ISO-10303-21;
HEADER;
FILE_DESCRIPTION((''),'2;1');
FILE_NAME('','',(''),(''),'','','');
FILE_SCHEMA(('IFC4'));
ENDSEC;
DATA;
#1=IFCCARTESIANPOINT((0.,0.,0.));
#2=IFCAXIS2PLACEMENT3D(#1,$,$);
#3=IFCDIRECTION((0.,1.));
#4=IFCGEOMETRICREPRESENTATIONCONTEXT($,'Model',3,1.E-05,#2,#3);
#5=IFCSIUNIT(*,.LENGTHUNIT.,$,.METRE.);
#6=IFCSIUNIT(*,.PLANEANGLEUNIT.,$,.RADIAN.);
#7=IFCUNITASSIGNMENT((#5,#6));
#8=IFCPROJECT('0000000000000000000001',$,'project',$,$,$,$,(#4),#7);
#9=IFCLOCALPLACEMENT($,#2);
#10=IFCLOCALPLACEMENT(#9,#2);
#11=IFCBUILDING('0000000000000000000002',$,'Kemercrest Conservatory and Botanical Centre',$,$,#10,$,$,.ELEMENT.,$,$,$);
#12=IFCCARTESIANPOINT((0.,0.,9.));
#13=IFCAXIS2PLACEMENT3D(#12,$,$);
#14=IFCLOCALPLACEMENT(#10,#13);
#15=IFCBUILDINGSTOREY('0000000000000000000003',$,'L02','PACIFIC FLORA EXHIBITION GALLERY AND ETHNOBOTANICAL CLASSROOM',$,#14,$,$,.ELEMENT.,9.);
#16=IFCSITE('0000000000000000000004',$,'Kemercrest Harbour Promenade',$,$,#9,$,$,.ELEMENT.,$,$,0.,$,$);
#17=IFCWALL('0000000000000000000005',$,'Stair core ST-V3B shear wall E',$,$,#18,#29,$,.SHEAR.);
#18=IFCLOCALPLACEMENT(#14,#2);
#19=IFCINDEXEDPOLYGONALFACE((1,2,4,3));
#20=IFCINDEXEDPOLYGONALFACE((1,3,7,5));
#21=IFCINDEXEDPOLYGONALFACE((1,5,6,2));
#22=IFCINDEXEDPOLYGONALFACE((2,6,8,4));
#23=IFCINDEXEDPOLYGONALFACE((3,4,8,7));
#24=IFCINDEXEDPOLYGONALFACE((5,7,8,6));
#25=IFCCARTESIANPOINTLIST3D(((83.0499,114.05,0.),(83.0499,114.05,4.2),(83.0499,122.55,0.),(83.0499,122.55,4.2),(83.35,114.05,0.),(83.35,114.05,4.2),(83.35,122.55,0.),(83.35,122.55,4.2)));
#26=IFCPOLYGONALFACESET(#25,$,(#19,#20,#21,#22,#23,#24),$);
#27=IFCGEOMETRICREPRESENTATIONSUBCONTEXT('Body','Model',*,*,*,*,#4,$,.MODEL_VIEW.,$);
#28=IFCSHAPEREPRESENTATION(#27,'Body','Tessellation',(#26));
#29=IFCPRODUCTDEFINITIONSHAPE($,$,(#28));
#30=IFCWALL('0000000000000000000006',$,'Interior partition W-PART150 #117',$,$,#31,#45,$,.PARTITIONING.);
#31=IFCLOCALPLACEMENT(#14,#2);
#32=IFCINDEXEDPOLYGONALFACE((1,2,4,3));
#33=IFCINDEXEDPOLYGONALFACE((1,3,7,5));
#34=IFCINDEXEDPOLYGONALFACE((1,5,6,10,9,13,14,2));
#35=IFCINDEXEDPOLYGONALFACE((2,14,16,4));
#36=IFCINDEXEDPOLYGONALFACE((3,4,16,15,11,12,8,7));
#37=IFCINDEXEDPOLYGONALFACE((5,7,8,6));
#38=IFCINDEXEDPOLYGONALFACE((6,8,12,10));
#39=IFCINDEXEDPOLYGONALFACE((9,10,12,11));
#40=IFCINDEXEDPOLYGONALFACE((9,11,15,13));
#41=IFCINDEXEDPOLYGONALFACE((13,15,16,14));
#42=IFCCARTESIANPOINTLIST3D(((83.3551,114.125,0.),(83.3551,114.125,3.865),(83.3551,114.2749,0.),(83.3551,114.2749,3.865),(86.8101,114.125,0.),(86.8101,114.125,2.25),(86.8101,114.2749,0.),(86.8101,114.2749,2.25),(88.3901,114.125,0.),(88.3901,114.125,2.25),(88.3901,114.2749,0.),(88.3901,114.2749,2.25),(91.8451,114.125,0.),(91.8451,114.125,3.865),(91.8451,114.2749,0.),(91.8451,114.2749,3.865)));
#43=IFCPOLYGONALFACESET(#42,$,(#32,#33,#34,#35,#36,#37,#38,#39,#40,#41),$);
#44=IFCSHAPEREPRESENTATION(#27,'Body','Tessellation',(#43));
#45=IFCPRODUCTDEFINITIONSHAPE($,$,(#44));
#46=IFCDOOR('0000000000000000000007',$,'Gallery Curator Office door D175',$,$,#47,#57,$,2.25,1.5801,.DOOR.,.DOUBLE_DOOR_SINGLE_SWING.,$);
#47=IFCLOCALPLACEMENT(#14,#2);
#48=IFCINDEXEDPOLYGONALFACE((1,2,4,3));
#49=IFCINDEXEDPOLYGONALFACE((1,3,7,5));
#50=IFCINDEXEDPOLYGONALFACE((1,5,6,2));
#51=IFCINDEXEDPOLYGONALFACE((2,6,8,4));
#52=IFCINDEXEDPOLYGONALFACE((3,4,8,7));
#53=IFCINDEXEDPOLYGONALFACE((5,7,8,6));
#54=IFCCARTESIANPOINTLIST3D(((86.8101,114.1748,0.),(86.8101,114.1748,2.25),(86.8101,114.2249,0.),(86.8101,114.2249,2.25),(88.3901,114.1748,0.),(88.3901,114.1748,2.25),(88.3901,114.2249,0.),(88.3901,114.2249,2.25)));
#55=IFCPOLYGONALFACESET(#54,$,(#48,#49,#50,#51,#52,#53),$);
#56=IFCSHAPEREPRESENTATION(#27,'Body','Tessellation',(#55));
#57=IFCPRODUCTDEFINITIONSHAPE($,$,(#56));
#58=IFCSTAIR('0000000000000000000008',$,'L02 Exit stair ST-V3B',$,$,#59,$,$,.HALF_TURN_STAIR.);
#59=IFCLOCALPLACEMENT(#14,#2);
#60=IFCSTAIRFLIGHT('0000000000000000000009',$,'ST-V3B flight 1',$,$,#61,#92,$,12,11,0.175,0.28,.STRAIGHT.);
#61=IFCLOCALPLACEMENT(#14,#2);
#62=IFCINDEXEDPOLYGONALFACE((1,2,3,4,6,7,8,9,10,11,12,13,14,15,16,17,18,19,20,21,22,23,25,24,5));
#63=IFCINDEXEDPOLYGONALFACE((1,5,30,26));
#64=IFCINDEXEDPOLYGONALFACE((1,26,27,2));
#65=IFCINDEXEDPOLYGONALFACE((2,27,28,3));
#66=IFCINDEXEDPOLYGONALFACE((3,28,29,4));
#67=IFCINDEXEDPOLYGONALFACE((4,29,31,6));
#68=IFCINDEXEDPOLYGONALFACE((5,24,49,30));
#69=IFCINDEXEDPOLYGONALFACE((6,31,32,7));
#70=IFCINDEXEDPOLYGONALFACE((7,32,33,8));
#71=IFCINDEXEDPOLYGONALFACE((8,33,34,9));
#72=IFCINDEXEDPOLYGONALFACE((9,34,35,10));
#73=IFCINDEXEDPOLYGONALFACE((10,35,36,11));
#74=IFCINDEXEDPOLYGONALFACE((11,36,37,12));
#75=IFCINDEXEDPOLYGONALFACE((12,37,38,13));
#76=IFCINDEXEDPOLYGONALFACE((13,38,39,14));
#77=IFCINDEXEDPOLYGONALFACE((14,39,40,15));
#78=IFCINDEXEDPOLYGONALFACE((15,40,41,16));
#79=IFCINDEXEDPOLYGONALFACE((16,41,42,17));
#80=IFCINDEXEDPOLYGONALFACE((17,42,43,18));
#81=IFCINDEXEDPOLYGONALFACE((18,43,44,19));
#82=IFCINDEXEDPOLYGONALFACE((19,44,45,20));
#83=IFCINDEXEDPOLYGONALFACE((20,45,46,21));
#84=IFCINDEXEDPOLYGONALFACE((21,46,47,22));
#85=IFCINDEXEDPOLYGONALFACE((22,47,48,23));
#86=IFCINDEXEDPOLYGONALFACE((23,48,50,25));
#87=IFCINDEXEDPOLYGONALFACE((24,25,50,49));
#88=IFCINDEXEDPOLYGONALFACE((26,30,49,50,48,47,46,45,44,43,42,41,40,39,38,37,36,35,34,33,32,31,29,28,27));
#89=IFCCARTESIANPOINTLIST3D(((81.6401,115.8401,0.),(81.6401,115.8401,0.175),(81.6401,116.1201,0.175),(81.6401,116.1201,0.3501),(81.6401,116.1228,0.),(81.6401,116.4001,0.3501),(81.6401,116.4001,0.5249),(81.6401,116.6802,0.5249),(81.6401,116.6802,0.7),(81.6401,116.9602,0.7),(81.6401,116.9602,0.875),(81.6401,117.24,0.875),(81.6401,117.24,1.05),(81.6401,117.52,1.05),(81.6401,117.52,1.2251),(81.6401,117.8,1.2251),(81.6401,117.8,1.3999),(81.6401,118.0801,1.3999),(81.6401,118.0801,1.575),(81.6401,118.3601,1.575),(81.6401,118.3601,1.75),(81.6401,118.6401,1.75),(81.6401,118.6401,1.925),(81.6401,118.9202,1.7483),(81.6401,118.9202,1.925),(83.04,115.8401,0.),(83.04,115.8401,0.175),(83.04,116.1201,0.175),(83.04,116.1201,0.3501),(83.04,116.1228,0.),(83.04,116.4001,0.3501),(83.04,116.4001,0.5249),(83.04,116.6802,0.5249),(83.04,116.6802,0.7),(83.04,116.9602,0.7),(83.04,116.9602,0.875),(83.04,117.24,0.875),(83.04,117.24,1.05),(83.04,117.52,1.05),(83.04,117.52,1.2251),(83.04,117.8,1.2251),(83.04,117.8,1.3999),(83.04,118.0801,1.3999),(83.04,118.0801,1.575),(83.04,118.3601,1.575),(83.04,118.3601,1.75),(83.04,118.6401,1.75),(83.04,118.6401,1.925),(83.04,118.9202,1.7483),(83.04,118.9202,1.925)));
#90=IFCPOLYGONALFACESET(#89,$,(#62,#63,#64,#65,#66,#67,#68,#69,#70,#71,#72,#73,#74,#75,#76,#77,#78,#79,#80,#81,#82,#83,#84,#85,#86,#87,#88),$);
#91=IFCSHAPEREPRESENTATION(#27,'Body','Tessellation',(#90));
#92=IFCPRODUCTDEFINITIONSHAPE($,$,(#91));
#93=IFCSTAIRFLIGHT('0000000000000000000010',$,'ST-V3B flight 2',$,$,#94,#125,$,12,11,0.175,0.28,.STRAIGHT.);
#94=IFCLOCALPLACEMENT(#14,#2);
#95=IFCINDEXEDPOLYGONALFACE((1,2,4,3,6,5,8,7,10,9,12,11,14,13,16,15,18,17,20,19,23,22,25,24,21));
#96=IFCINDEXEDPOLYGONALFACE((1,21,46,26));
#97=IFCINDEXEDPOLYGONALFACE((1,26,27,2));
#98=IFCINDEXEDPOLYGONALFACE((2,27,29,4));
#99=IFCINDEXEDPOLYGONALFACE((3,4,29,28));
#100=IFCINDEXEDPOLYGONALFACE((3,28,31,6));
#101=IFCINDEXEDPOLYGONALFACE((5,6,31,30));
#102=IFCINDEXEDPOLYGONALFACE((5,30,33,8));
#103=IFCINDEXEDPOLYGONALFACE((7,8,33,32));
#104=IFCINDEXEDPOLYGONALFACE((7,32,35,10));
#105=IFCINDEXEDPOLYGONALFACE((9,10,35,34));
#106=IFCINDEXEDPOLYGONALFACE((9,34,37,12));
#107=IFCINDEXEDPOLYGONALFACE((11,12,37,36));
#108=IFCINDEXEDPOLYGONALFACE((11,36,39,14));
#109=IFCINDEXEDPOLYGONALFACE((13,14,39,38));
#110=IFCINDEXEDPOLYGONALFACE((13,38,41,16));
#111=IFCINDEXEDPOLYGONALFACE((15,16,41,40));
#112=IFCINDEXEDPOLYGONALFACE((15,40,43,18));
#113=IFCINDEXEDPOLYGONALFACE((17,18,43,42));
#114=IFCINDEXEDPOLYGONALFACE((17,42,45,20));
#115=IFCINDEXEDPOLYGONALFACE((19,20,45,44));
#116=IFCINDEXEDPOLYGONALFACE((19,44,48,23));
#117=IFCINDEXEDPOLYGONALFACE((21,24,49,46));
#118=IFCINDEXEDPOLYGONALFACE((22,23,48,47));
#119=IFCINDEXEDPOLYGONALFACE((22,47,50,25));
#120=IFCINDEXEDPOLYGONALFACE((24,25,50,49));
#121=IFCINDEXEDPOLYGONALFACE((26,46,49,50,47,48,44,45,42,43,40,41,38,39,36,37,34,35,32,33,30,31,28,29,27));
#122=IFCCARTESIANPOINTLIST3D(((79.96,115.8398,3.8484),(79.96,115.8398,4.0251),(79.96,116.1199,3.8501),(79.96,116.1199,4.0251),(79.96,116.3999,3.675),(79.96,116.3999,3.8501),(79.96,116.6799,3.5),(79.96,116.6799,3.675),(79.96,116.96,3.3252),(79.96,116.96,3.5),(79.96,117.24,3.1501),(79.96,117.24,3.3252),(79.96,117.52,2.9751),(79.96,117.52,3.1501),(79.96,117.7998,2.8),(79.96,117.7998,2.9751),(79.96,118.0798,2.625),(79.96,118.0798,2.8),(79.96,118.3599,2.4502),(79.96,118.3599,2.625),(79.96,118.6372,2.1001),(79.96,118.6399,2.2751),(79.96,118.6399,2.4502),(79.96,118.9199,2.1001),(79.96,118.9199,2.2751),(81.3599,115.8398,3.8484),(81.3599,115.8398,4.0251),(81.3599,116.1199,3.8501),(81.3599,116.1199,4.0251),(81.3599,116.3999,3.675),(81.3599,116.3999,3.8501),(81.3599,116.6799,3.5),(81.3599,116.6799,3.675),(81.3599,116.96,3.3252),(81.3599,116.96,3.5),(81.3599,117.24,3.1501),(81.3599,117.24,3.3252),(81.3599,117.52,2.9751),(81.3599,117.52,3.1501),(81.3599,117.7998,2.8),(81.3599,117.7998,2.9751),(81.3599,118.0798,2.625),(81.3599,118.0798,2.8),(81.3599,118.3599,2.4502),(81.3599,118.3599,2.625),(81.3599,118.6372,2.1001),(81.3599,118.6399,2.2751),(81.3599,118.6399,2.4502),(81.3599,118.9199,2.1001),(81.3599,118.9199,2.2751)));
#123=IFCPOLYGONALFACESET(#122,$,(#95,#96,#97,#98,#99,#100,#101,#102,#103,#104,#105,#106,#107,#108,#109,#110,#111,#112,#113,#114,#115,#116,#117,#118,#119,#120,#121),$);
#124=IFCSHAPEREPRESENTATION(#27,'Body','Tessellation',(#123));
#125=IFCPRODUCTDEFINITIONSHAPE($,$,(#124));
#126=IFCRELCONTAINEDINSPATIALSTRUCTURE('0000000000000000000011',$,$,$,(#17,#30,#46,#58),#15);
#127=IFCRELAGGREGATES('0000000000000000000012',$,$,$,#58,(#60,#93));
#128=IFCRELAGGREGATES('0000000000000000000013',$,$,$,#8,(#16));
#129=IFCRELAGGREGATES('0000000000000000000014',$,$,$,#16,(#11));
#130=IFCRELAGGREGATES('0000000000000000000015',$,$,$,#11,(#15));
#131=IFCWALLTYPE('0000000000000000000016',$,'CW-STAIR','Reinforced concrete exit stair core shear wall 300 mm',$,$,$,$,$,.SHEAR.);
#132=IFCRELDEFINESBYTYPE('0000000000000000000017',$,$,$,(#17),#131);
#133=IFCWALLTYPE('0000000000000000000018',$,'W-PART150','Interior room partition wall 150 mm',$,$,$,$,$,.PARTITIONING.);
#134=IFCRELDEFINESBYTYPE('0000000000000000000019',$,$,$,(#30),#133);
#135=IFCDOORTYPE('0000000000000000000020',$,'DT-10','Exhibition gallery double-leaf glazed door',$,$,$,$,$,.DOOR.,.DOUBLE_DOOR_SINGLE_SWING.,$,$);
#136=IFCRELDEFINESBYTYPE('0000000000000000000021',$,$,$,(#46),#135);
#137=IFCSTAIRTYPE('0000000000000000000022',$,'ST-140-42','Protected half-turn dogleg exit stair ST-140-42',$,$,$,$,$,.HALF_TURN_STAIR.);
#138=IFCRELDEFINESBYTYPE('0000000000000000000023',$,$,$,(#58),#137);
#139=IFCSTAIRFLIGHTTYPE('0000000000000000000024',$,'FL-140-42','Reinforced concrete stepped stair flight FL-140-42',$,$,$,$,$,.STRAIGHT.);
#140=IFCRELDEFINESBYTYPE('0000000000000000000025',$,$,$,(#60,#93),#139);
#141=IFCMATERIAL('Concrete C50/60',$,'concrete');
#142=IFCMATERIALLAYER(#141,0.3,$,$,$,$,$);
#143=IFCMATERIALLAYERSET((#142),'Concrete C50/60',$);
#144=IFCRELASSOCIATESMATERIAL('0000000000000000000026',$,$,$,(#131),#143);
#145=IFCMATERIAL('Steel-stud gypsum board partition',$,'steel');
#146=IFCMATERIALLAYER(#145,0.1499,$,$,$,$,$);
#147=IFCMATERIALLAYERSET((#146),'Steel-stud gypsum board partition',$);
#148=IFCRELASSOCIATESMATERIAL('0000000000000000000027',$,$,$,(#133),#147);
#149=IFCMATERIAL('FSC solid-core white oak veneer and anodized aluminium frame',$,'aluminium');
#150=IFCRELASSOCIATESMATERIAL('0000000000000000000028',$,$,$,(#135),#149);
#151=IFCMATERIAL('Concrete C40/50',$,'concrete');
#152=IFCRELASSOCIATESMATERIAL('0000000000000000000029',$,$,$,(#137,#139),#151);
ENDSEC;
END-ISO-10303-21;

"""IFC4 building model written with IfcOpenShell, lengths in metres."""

from ifc_helpers import new_model, si_unit, direction, frame, frame_2d, origin, place, context, subcontext, project, spatial, polyline, rectangle, outline, extrude, material, layer, layer_set, type_object, element, fill, aggregate, save


model = new_model("IFC4")

# Units and contexts
model_context = context("Model", 3, precision=1e-05, world=origin(), true_north=direction((0.0, 1.0)))
body_context = subcontext(model_context, "Body", "Model", "MODEL_VIEW")
ifc_project = project(units=[si_unit("LENGTHUNIT", "METRE"), si_unit("PLANEANGLEUNIT", "RADIAN")], contexts=[model_context])

# Site, building, storey
site_placement = place(None, origin())
site = spatial("IfcSite", under=ifc_project, at=site_placement, Name="Kemercrest Harbour Promenade", CompositionType="ELEMENT", RefElevation=0.0)
building_placement = place(site_placement, origin())
building = spatial("IfcBuilding", under=site, at=building_placement, Name="Kemercrest Conservatory and Botanical Centre", CompositionType="ELEMENT")
storey_placement = place(building_placement, frame((0.0, 0.0, 9.0)))
storey = spatial("IfcBuildingStorey", under=building, at=storey_placement, Name="L02", Description="PACIFIC FLORA EXHIBITION GALLERY AND ETHNOBOTANICAL CLASSROOM", CompositionType="ELEMENT", Elevation=9.0)

# Shared definitions
ifc_material_1 = material(Name="Concrete C40/50", Category="concrete")

# Wall
ifc_material_2 = material(Name="Concrete C50/60", Category="concrete")
ifc_layer_1 = layer(ifc_material_2, 0.3)
ifc_layer_set_1 = layer_set([ifc_layer_1], Name="Concrete C50/60")
wall_type_1 = type_object("IfcWallType", Name="CW-STAIR", Description="Reinforced concrete exit stair core shear wall 300 mm", PredefinedType="SHEAR", material=ifc_layer_set_1)
wall_1_placement = place(storey_placement, frame((83.2, 114.05, 0.0), z_axis=(0.0, 0.0, 1.0), x_axis=(0.0, 1.0, 0.0)))
element("IfcWall", 1, at=wall_1_placement, inside=storey, type_object=wall_type_1, Name="Stair core ST-V3B shear wall E", PredefinedType="SHEAR", context=body_context, shape_type="SweptSolid", body=[
    extrude(rectangle(XDim=8.5, YDim=0.3, at=frame_2d((4.25, 0.0))), origin(), (0.0, 0.0, 1.0), 4.2),
])

# Wall, opening, door
ifc_material_3 = material(Name="Steel-stud gypsum board partition", Category="steel")
ifc_layer_2 = layer(ifc_material_3, 0.1499)
ifc_layer_set_2 = layer_set([ifc_layer_2], Name="Steel-stud gypsum board partition")
wall_type_2 = type_object("IfcWallType", Name="W-PART150", Description="Interior room partition wall 150 mm", PredefinedType="PARTITIONING", material=ifc_layer_set_2)
wall_2_placement = place(storey_placement, frame((83.355, 114.2, 0.0), z_axis=(0.0, 0.0, 1.0), x_axis=(1.0, 0.0, 0.0)))
wall_2 = element("IfcWall", 2, at=wall_2_placement, inside=storey, type_object=wall_type_2, Name="Interior partition W-PART150 #117", PredefinedType="PARTITIONING", context=body_context, shape_type="SweptSolid", body=[
    extrude(rectangle(XDim=8.49, YDim=0.1499, at=frame_2d((4.2451, 0.0))), origin(), (0.0, 0.0, 1.0), 3.865),
])
opening_placement = place(wall_2_placement, frame((3.4551, 0.0, 0.0)))
opening = element("IfcOpeningElement", 3, at=opening_placement, cuts=wall_2, PredefinedType="OPENING", context=body_context, shape_type="SweptSolid", body=[
    extrude(rectangle(XDim=1.5801, YDim=2.25, at=frame_2d((0.79, 1.125))), frame((0.0, 0.085, 0.0), z_axis=(0.0, -1.0, 0.0), x_axis=(1.0, 0.0, 0.0)), (0.0, 0.0, 1.0), 0.1699),
])
ifc_material_4 = material(Name="FSC solid-core white oak veneer and anodized aluminium frame", Category="aluminium")
door_type = type_object("IfcDoorType", Name="DT-10", Description="Exhibition gallery double-leaf glazed door", OperationType="DOUBLE_DOOR_SINGLE_SWING", PredefinedType="DOOR", material=ifc_material_4)
door_placement = place(opening_placement, origin())
door = element("IfcDoor", 4, at=door_placement, inside=storey, type_object=door_type, Name="Gallery Curator Office door D175", OperationType="DOUBLE_DOOR_SINGLE_SWING", OverallHeight=2.25, OverallWidth=1.5801, PredefinedType="DOOR", context=body_context, shape_type="SweptSolid", body=[
    extrude(rectangle(XDim=1.5801, YDim=2.25, at=frame_2d((0.79, 1.125))), frame((0.0, 0.0249, 0.0), z_axis=(0.0, -1.0, 0.0), x_axis=(1.0, 0.0, 0.0)), (0.0, 0.0, 1.0), 0.05),
])
fill(opening, door)

# Stair, stair flights
stair_type = type_object("IfcStairType", Name="ST-140-42", Description="Protected half-turn dogleg exit stair ST-140-42", PredefinedType="HALF_TURN_STAIR", material=ifc_material_1)
stair_placement = place(storey_placement, origin())
stair = element("IfcStair", 5, at=stair_placement, inside=storey, type_object=stair_type, Name="L02 Exit stair ST-V3B", PredefinedType="HALF_TURN_STAIR")
stair_flight_type = type_object("IfcStairFlightType", Name="FL-140-42", Description="Reinforced concrete stepped stair flight FL-140-42", PredefinedType="STRAIGHT", material=ifc_material_1)
stair_flight_1_placement = place(storey_placement, frame((82.3401, 115.8401, 0.0), z_axis=(0.0, 0.0, 1.0), x_axis=(0.0, 1.0, 0.0)))
stair_flight_1 = element("IfcStairFlight", 6, at=stair_flight_1_placement, type_object=stair_flight_type, Name="ST-V3B flight 1", NumberOfRisers=12, NumberOfTreads=11, PredefinedType="STRAIGHT", RiserHeight=0.175, TreadLength=0.28, context=body_context, shape_type="SweptSolid", body=[
    extrude(outline(polyline([(0.0, 0.0), (0.0, 0.175), (0.28, 0.175), (0.28, 0.3501), (0.5601, 0.3501), (0.5601, 0.5249), (0.8401, 0.5249), (0.8401, 0.7), (1.1201, 0.7), (1.1201, 0.875), (1.3999, 0.875), (1.3999, 1.05), (1.6799, 1.05), (1.6799, 1.2251), (1.96, 1.2251), (1.96, 1.3999), (2.24, 1.3999), (2.24, 1.575), (2.52, 1.575), (2.52, 1.75), (2.8, 1.75), (2.8, 1.925), (3.0801, 1.925), (3.0801, 2.1001), (3.0801, 1.7483), (0.2827, 0.0), (0.0, 0.0)])), frame((0.0, 0.7, 0.0), z_axis=(0.0, -1.0, 0.0), x_axis=(1.0, 0.0, 0.0)), (0.0, 0.0, 1.0), 1.3999),
])
stair_flight_2_placement = place(storey_placement, frame((80.6599, 118.9199, 2.1001), z_axis=(0.0, 0.0, 1.0), x_axis=(0.0, -1.0, 0.0)))
stair_flight_2 = element("IfcStairFlight", 7, at=stair_flight_2_placement, type_object=stair_flight_type, Name="ST-V3B flight 2", NumberOfRisers=12, NumberOfTreads=11, PredefinedType="STRAIGHT", RiserHeight=0.175, TreadLength=0.28, context=body_context, shape_type="SweptSolid", body=[
    extrude(outline(polyline([(0.0, 0.0), (0.0, 0.175), (0.28, 0.175), (0.28, 0.3501), (0.5601, 0.3501), (0.5601, 0.5249), (0.8401, 0.5249), (0.8401, 0.7), (1.1201, 0.7), (1.1201, 0.875), (1.3999, 0.875), (1.3999, 1.05), (1.6799, 1.05), (1.6799, 1.2251), (1.96, 1.2251), (1.96, 1.3999), (2.24, 1.3999), (2.24, 1.575), (2.52, 1.575), (2.52, 1.75), (2.8, 1.75), (2.8, 1.925), (3.0801, 1.925), (3.0801, 2.1001), (3.0801, 1.7483), (0.2827, 0.0), (0.0, 0.0)])), frame((0.0, 0.7, 0.0), z_axis=(0.0, -1.0, 0.0), x_axis=(1.0, 0.0, 0.0)), (0.0, 0.0, 1.0), 1.3999),
])
aggregate(stair, [stair_flight_1, stair_flight_2])

save(model, "model.ifc")
